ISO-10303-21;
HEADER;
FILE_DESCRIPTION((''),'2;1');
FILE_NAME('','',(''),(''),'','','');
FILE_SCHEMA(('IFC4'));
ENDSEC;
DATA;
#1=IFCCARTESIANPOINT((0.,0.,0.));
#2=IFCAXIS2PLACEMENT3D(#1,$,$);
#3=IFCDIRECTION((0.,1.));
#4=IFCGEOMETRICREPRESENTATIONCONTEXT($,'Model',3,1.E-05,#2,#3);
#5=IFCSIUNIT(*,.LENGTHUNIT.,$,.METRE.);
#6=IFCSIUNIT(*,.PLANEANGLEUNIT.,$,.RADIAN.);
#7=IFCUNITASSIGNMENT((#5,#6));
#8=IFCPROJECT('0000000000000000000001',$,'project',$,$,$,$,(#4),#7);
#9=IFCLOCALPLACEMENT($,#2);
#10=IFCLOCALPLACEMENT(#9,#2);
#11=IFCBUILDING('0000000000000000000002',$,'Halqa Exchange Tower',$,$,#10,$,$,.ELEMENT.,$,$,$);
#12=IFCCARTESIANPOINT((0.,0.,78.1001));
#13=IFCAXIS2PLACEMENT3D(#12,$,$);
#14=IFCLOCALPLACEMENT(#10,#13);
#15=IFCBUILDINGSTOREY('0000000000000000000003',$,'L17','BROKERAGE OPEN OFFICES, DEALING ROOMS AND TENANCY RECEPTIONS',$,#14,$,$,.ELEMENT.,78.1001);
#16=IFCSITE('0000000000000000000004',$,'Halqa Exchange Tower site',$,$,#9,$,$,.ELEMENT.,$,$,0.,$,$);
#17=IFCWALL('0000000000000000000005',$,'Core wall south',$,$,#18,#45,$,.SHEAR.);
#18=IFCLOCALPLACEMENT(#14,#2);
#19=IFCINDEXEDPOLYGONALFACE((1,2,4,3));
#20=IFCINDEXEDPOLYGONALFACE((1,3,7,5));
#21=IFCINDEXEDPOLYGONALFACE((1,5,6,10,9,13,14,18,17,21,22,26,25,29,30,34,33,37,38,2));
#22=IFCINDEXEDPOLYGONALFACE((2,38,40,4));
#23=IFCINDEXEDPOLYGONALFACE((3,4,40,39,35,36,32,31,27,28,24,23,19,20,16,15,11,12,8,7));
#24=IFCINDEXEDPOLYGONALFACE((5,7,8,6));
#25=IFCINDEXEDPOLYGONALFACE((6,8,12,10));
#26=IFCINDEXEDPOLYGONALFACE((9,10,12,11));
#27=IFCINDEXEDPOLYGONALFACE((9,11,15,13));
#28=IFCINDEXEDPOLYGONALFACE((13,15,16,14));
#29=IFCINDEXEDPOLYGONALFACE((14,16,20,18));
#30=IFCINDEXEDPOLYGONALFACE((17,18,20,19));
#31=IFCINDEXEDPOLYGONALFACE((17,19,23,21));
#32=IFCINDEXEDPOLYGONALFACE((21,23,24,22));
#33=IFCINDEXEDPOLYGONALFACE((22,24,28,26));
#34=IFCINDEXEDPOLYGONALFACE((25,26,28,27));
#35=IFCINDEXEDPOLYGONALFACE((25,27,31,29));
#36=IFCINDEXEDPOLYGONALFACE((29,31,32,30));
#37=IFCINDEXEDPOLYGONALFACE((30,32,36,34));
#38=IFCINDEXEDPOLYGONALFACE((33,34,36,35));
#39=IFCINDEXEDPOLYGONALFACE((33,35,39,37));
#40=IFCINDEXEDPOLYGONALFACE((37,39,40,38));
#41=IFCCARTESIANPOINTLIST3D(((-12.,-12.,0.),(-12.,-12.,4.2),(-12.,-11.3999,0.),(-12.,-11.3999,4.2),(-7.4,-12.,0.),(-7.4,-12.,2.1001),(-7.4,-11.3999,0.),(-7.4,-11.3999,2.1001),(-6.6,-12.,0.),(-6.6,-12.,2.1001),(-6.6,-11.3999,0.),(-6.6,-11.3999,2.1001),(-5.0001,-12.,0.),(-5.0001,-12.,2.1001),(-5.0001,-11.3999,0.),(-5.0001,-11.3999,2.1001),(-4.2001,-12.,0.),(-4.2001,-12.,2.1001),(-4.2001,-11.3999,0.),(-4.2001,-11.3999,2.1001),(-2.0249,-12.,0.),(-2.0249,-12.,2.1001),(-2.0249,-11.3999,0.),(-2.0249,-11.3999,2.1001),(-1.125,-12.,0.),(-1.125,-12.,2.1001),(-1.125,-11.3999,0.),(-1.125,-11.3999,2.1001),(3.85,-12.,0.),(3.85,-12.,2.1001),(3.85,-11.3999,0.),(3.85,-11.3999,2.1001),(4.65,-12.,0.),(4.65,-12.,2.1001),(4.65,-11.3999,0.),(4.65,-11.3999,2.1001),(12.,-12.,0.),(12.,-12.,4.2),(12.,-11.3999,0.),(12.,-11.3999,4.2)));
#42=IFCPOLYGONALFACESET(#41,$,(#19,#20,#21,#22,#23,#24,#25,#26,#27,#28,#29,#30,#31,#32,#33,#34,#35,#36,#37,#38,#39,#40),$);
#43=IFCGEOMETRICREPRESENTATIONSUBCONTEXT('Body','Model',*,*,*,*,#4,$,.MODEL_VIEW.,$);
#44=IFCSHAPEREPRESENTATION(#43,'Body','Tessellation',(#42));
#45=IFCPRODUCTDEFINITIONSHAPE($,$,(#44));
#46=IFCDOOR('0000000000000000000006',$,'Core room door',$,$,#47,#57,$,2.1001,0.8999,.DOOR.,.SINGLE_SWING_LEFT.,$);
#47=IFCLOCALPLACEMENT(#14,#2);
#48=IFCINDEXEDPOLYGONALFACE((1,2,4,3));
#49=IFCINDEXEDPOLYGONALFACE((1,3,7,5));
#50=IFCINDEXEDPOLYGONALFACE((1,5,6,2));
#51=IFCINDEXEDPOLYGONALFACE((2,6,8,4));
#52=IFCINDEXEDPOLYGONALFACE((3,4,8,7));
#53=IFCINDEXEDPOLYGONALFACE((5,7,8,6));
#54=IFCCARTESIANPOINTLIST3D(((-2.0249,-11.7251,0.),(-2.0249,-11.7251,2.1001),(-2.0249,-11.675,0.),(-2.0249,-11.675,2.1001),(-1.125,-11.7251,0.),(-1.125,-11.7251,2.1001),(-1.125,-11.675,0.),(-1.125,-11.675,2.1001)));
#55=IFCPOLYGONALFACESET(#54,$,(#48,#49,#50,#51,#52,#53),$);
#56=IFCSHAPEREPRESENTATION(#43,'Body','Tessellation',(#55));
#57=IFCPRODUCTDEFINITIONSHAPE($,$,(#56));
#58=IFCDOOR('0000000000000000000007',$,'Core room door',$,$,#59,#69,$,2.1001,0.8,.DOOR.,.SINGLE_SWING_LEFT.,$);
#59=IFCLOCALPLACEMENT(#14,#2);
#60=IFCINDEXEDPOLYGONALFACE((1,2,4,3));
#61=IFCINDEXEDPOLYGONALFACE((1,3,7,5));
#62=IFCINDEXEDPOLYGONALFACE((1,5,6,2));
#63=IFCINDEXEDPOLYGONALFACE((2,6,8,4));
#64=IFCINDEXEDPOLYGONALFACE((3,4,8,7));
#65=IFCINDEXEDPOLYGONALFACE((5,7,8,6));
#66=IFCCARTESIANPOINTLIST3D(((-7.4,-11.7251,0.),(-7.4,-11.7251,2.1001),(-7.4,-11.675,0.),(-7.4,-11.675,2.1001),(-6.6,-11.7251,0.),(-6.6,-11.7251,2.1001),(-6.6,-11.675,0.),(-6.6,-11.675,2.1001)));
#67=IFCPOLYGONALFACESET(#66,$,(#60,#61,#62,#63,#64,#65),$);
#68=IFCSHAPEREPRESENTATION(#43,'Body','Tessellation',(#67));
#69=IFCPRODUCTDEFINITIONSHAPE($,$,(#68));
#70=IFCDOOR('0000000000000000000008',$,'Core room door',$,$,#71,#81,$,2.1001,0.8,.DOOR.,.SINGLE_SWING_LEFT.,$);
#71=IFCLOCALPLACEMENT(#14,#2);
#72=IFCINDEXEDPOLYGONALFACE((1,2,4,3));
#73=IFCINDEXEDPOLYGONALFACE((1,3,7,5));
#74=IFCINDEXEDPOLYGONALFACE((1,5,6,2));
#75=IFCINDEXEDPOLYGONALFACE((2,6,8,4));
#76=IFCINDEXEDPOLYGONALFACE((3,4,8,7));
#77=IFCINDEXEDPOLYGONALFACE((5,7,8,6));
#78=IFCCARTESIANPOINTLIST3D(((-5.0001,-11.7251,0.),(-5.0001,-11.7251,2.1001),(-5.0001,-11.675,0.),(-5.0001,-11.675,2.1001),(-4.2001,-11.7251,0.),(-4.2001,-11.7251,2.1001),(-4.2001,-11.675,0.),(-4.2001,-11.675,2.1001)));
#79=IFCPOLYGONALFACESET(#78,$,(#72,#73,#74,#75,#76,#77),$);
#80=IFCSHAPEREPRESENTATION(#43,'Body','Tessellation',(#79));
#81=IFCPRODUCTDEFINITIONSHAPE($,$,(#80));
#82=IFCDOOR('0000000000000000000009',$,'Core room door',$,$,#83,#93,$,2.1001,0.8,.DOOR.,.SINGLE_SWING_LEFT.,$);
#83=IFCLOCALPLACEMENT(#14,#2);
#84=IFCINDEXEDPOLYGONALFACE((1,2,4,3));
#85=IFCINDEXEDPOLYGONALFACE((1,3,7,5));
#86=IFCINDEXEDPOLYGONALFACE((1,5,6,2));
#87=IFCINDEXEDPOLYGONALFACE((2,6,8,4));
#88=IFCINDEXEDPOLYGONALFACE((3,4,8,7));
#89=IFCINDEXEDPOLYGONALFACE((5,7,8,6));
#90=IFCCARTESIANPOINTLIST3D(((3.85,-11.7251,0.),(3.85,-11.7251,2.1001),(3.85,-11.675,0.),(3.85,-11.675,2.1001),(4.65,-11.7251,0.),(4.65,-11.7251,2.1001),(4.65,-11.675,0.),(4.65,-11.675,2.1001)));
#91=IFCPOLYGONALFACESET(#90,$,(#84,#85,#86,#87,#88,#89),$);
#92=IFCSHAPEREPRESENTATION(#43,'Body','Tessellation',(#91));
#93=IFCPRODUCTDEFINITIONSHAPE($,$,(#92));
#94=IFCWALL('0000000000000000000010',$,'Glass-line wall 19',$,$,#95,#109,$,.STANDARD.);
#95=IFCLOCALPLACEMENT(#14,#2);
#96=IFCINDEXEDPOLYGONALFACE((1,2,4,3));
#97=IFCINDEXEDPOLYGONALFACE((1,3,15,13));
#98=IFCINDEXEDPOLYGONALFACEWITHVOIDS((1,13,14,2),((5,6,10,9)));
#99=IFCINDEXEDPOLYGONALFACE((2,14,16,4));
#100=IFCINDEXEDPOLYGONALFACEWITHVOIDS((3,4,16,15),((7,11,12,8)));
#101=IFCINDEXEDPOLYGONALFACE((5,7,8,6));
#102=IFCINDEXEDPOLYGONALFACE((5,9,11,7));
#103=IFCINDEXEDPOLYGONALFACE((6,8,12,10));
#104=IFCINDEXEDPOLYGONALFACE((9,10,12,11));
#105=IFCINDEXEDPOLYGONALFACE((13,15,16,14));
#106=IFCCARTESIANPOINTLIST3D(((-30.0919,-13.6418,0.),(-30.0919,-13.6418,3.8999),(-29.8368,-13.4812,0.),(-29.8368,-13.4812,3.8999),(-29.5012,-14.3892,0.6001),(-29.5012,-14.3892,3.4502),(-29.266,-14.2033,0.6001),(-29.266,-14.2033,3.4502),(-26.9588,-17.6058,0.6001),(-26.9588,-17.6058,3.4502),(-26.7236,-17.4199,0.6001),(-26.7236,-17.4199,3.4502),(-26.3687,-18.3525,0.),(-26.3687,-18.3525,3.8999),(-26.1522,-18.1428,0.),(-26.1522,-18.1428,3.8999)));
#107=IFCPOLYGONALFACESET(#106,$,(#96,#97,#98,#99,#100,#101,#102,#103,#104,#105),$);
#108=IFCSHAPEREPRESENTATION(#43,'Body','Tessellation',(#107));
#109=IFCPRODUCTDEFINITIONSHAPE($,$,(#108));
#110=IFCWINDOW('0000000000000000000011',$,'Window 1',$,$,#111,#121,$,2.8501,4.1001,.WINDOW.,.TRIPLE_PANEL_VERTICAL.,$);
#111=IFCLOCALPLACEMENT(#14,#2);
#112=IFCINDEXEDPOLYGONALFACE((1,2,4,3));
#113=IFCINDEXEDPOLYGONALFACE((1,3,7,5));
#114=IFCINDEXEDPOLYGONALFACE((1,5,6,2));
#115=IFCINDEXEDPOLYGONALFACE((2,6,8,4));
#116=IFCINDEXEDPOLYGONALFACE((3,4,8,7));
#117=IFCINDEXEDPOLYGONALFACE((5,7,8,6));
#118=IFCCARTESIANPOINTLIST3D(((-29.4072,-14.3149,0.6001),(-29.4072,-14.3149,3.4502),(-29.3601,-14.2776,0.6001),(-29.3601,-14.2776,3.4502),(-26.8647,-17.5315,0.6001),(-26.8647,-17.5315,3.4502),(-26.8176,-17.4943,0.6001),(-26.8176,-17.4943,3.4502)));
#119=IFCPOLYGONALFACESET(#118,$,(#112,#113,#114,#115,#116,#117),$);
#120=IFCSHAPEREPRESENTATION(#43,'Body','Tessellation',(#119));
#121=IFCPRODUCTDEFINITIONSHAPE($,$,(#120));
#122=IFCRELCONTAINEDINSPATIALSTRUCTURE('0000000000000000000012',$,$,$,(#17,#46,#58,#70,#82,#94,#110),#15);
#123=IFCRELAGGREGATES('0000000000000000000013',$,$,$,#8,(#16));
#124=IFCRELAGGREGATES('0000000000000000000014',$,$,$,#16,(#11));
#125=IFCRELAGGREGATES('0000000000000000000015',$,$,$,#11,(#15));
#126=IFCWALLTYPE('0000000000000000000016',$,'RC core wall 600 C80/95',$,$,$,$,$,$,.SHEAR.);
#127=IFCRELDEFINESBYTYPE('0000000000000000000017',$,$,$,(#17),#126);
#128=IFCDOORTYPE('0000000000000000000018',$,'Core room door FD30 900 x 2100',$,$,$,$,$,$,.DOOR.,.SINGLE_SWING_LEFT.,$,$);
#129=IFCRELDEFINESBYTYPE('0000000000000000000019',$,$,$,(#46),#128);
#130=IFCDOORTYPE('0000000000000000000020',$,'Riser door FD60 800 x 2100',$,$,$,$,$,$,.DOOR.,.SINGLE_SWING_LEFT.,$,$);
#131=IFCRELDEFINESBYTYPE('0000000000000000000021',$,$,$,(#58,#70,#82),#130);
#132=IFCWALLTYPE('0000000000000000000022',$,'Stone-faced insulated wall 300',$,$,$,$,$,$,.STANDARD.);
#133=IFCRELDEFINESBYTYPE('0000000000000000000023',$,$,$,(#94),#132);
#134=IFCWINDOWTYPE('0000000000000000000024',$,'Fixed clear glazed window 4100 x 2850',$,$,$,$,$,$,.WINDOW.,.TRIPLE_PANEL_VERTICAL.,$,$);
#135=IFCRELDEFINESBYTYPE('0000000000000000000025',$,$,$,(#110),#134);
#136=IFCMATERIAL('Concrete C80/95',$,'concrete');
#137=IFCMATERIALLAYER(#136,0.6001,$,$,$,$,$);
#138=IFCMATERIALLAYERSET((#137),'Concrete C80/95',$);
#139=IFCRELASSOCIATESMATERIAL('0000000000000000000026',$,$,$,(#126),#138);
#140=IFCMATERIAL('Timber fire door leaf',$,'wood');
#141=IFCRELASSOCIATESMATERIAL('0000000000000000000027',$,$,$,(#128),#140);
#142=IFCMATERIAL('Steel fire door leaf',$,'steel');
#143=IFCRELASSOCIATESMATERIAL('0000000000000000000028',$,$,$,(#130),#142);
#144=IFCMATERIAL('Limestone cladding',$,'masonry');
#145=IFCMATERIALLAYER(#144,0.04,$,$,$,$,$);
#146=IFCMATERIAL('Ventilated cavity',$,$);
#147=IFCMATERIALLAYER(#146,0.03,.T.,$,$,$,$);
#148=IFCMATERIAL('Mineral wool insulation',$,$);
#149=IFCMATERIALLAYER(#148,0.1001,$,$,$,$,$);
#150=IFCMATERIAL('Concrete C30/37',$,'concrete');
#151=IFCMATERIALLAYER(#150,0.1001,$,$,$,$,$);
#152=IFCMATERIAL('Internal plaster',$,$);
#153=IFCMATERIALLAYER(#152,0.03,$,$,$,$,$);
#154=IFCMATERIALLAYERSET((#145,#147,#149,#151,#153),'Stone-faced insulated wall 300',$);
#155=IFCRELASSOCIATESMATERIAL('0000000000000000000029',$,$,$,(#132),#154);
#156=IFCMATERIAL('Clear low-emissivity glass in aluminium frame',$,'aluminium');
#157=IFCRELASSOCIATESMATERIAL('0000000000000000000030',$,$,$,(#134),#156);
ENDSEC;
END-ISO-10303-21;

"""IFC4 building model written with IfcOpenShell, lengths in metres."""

from ifc_helpers import new_model, si_unit, direction, frame, frame_2d, origin, place, context, subcontext, project, spatial, polyline, rectangle, outline, extrude, material, layer, layer_set, type_object, element, fill, save


model = new_model("IFC4")

# Units and contexts
model_context = context("Model", 3, precision=1e-05, world=origin(), true_north=direction((0.0, 1.0)))
body_context = subcontext(model_context, "Body", "Model", "MODEL_VIEW")
ifc_project = project(units=[si_unit("LENGTHUNIT", "METRE"), si_unit("PLANEANGLEUNIT", "RADIAN")], contexts=[model_context])

# Site, building, storey
site_placement = place(None, origin())
site = spatial("IfcSite", under=ifc_project, at=site_placement, Name="Halqa Exchange Tower site", CompositionType="ELEMENT", RefElevation=0.0)
building_placement = place(site_placement, origin())
building = spatial("IfcBuilding", under=site, at=building_placement, Name="Halqa Exchange Tower", CompositionType="ELEMENT")
storey_placement = place(building_placement, frame((0.0, 0.0, 78.1001)))
storey = spatial("IfcBuildingStorey", under=building, at=storey_placement, Name="L17", Description="BROKERAGE OPEN OFFICES, DEALING ROOMS AND TENANCY RECEPTIONS", CompositionType="ELEMENT", Elevation=78.1001)

# Shared definitions
ifc_material_1 = material(Name="Steel fire door leaf", Category="steel")

# Wall, openings, doors
ifc_material_2 = material(Name="Concrete C80/95", Category="concrete")
ifc_layer_1 = layer(ifc_material_2, 0.6001)
ifc_layer_set_1 = layer_set([ifc_layer_1], Name="Concrete C80/95")
wall_type_1 = type_object("IfcWallType", Name="RC core wall 600 C80/95", PredefinedType="SHEAR", material=ifc_layer_set_1)
wall_1_placement = place(storey_placement, frame((-12.0, -11.7, 0.0), z_axis=(0.0, 0.0, 1.0), x_axis=(1.0, 0.0, 0.0)))
wall_1 = element("IfcWall", 1, at=wall_1_placement, inside=storey, type_object=wall_type_1, Name="Core wall south", PredefinedType="SHEAR", context=body_context, shape_type="SweptSolid", body=[
    extrude(rectangle(XDim=24.0, YDim=0.6001, at=frame_2d((12.0, 0.0))), origin(), (0.0, 0.0, 1.0), 4.2),
])
opening_1_placement = place(wall_1_placement, frame((9.9751, 0.0, 0.0)))
opening_1 = element("IfcOpeningElement", 2, at=opening_1_placement, cuts=wall_1, PredefinedType="OPENING", context=body_context, shape_type="SweptSolid", body=[
    extrude(rectangle(XDim=0.8999, YDim=2.1001, at=frame_2d((0.45, 1.05))), frame((0.0, 0.312, 0.0), z_axis=(0.0, -1.0, 0.0), x_axis=(1.0, 0.0, 0.0)), (0.0, 0.0, 1.0), 0.624),
])
opening_2_placement = place(wall_1_placement, frame((4.6001, 0.0, 0.0)))
opening_2 = element("IfcOpeningElement", 3, at=opening_2_placement, cuts=wall_1, PredefinedType="OPENING", context=body_context, shape_type="SweptSolid", body=[
    extrude(rectangle(XDim=0.8, YDim=2.1001, at=frame_2d((0.3999, 1.05))), frame((0.0, 0.312, 0.0), z_axis=(0.0, -1.0, 0.0), x_axis=(1.0, 0.0, 0.0)), (0.0, 0.0, 1.0), 0.624),
])
opening_3_placement = place(wall_1_placement, frame((7.0, 0.0, 0.0)))
opening_3 = element("IfcOpeningElement", 4, at=opening_3_placement, cuts=wall_1, PredefinedType="OPENING", context=body_context, shape_type="SweptSolid", body=[
    extrude(rectangle(XDim=0.8, YDim=2.1001, at=frame_2d((0.3999, 1.05))), frame((0.0, 0.312, 0.0), z_axis=(0.0, -1.0, 0.0), x_axis=(1.0, 0.0, 0.0)), (0.0, 0.0, 1.0), 0.624),
])
opening_4_placement = place(wall_1_placement, frame((15.8501, 0.0, 0.0)))
opening_4 = element("IfcOpeningElement", 5, at=opening_4_placement, cuts=wall_1, PredefinedType="OPENING", context=body_context, shape_type="SweptSolid", body=[
    extrude(rectangle(XDim=0.8, YDim=2.1001, at=frame_2d((0.3999, 1.05))), frame((0.0, 0.312, 0.0), z_axis=(0.0, -1.0, 0.0), x_axis=(1.0, 0.0, 0.0)), (0.0, 0.0, 1.0), 0.624),
])
ifc_material_3 = material(Name="Timber fire door leaf", Category="wood")
door_type_1 = type_object("IfcDoorType", Name="Core room door FD30 900 x 2100", OperationType="SINGLE_SWING_LEFT", PredefinedType="DOOR", material=ifc_material_3)
door_1_placement = place(opening_1_placement, origin())
door_1 = element("IfcDoor", 6, at=door_1_placement, inside=storey, type_object=door_type_1, Name="Core room door", OperationType="SINGLE_SWING_LEFT", OverallHeight=2.1001, OverallWidth=0.8999, PredefinedType="DOOR", context=body_context, shape_type="SweptSolid", body=[
    extrude(rectangle(XDim=0.8999, YDim=2.1001, at=frame_2d((0.45, 1.05))), frame((0.0, 0.0249, 0.0), z_axis=(0.0, -1.0, 0.0), x_axis=(1.0, 0.0, 0.0)), (0.0, 0.0, 1.0), 0.05),
])
fill(opening_1, door_1)
door_type_2 = type_object("IfcDoorType", Name="Riser door FD60 800 x 2100", OperationType="SINGLE_SWING_LEFT", PredefinedType="DOOR", material=ifc_material_1)
door_2_placement = place(opening_2_placement, origin())
door_2 = element("IfcDoor", 7, at=door_2_placement, inside=storey, type_object=door_type_2, Name="Core room door", OperationType="SINGLE_SWING_LEFT", OverallHeight=2.1001, OverallWidth=0.8, PredefinedType="DOOR", context=body_context, shape_type="SweptSolid", body=[
    extrude(rectangle(XDim=0.8, YDim=2.1001, at=frame_2d((0.3999, 1.05))), frame((0.0, 0.0249, 0.0), z_axis=(0.0, -1.0, 0.0), x_axis=(1.0, 0.0, 0.0)), (0.0, 0.0, 1.0), 0.05),
])
fill(opening_2, door_2)
door_3_placement = place(opening_3_placement, origin())
door_3 = element("IfcDoor", 8, at=door_3_placement, inside=storey, type_object=door_type_2, Name="Core room door", OperationType="SINGLE_SWING_LEFT", OverallHeight=2.1001, OverallWidth=0.8, PredefinedType="DOOR", context=body_context, shape_type="SweptSolid", body=[
    extrude(rectangle(XDim=0.8, YDim=2.1001, at=frame_2d((0.3999, 1.05))), frame((0.0, 0.0249, 0.0), z_axis=(0.0, -1.0, 0.0), x_axis=(1.0, 0.0, 0.0)), (0.0, 0.0, 1.0), 0.05),
])
fill(opening_3, door_3)
door_4_placement = place(opening_4_placement, origin())
door_4 = element("IfcDoor", 9, at=door_4_placement, inside=storey, type_object=door_type_2, Name="Core room door", OperationType="SINGLE_SWING_LEFT", OverallHeight=2.1001, OverallWidth=0.8, PredefinedType="DOOR", context=body_context, shape_type="SweptSolid", body=[
    extrude(rectangle(XDim=0.8, YDim=2.1001, at=frame_2d((0.3999, 1.05))), frame((0.0, 0.0249, 0.0), z_axis=(0.0, -1.0, 0.0), x_axis=(1.0, 0.0, 0.0)), (0.0, 0.0, 1.0), 0.05),
])
fill(opening_4, door_4)

# Wall, opening, window
ifc_material_4 = material(Name="Limestone cladding", Category="masonry")
ifc_layer_2 = layer(ifc_material_4, 0.04)
ifc_material_5 = material(Name="Ventilated cavity")
ifc_layer_3 = layer(ifc_material_5, 0.03, ventilated=True)
ifc_material_6 = material(Name="Mineral wool insulation")
ifc_layer_4 = layer(ifc_material_6, 0.1001)
ifc_material_7 = material(Name="Concrete C30/37", Category="concrete")
ifc_layer_5 = layer(ifc_material_7, 0.1001)
ifc_material_8 = material(Name="Internal plaster")
ifc_layer_6 = layer(ifc_material_8, 0.03)
ifc_layer_set_2 = layer_set([ifc_layer_2, ifc_layer_3, ifc_layer_4, ifc_layer_5, ifc_layer_6], Name="Stone-faced insulated wall 300")
wall_type_2 = type_object("IfcWallType", Name="Stone-faced insulated wall 300", PredefinedType="STANDARD", material=ifc_layer_set_2)
wall_2_placement = place(storey_placement, frame((-29.9644, -13.5615, 0.0), z_axis=(0.0, 0.0, 1.0), x_axis=(0.620093, -0.784528, 0.0)))
wall_2 = element("IfcWall", 10, at=wall_2_placement, inside=storey, type_object=wall_type_2, Name="Glass-line wall 19", PredefinedType="STANDARD", context=body_context, shape_type="SweptSolid", body=[
    extrude(outline(polyline([(-0.0161, -0.1499), (5.9883, -0.1499), (5.958, 0.1499), (0.0161, 0.1499), (-0.0161, -0.1499)])), origin(), (0.0, 0.0, 1.0), 3.8999),
])
opening_5_placement = place(wall_2_placement, frame((0.9365, 0.0, 0.6001)))
opening_5 = element("IfcOpeningElement", 11, at=opening_5_placement, cuts=wall_2, PredefinedType="OPENING", context=body_context, shape_type="SweptSolid", body=[
    extrude(rectangle(XDim=4.1001, YDim=2.8501, at=frame_2d((2.05, 1.425))), frame((0.0, 0.1621, 0.0), z_axis=(0.0, -1.0, 0.0), x_axis=(1.0, 0.0, 0.0)), (0.0, 0.0, 1.0), 0.324),
])
ifc_material_9 = material(Name="Clear low-emissivity glass in aluminium frame", Category="aluminium")
window_type = type_object("IfcWindowType", Name="Fixed clear glazed window 4100 x 2850", PartitioningType="TRIPLE_PANEL_VERTICAL", PredefinedType="WINDOW", material=ifc_material_9)
window_placement = place(opening_5_placement, origin())
window = element("IfcWindow", 12, at=window_placement, inside=storey, type_object=window_type, Name="Window 1", OverallHeight=2.8501, OverallWidth=4.1001, PartitioningType="TRIPLE_PANEL_VERTICAL", PredefinedType="WINDOW", context=body_context, shape_type="SweptSolid", body=[
    extrude(rectangle(XDim=4.1001, YDim=2.8501, at=frame_2d((2.05, 1.425))), frame((0.0, 0.03, 0.0), z_axis=(0.0, -1.0, 0.0), x_axis=(1.0, 0.0, 0.0)), (0.0, 0.0, 1.0), 0.0601),
])
fill(opening_5, window)

save(model, "model.ifc")
